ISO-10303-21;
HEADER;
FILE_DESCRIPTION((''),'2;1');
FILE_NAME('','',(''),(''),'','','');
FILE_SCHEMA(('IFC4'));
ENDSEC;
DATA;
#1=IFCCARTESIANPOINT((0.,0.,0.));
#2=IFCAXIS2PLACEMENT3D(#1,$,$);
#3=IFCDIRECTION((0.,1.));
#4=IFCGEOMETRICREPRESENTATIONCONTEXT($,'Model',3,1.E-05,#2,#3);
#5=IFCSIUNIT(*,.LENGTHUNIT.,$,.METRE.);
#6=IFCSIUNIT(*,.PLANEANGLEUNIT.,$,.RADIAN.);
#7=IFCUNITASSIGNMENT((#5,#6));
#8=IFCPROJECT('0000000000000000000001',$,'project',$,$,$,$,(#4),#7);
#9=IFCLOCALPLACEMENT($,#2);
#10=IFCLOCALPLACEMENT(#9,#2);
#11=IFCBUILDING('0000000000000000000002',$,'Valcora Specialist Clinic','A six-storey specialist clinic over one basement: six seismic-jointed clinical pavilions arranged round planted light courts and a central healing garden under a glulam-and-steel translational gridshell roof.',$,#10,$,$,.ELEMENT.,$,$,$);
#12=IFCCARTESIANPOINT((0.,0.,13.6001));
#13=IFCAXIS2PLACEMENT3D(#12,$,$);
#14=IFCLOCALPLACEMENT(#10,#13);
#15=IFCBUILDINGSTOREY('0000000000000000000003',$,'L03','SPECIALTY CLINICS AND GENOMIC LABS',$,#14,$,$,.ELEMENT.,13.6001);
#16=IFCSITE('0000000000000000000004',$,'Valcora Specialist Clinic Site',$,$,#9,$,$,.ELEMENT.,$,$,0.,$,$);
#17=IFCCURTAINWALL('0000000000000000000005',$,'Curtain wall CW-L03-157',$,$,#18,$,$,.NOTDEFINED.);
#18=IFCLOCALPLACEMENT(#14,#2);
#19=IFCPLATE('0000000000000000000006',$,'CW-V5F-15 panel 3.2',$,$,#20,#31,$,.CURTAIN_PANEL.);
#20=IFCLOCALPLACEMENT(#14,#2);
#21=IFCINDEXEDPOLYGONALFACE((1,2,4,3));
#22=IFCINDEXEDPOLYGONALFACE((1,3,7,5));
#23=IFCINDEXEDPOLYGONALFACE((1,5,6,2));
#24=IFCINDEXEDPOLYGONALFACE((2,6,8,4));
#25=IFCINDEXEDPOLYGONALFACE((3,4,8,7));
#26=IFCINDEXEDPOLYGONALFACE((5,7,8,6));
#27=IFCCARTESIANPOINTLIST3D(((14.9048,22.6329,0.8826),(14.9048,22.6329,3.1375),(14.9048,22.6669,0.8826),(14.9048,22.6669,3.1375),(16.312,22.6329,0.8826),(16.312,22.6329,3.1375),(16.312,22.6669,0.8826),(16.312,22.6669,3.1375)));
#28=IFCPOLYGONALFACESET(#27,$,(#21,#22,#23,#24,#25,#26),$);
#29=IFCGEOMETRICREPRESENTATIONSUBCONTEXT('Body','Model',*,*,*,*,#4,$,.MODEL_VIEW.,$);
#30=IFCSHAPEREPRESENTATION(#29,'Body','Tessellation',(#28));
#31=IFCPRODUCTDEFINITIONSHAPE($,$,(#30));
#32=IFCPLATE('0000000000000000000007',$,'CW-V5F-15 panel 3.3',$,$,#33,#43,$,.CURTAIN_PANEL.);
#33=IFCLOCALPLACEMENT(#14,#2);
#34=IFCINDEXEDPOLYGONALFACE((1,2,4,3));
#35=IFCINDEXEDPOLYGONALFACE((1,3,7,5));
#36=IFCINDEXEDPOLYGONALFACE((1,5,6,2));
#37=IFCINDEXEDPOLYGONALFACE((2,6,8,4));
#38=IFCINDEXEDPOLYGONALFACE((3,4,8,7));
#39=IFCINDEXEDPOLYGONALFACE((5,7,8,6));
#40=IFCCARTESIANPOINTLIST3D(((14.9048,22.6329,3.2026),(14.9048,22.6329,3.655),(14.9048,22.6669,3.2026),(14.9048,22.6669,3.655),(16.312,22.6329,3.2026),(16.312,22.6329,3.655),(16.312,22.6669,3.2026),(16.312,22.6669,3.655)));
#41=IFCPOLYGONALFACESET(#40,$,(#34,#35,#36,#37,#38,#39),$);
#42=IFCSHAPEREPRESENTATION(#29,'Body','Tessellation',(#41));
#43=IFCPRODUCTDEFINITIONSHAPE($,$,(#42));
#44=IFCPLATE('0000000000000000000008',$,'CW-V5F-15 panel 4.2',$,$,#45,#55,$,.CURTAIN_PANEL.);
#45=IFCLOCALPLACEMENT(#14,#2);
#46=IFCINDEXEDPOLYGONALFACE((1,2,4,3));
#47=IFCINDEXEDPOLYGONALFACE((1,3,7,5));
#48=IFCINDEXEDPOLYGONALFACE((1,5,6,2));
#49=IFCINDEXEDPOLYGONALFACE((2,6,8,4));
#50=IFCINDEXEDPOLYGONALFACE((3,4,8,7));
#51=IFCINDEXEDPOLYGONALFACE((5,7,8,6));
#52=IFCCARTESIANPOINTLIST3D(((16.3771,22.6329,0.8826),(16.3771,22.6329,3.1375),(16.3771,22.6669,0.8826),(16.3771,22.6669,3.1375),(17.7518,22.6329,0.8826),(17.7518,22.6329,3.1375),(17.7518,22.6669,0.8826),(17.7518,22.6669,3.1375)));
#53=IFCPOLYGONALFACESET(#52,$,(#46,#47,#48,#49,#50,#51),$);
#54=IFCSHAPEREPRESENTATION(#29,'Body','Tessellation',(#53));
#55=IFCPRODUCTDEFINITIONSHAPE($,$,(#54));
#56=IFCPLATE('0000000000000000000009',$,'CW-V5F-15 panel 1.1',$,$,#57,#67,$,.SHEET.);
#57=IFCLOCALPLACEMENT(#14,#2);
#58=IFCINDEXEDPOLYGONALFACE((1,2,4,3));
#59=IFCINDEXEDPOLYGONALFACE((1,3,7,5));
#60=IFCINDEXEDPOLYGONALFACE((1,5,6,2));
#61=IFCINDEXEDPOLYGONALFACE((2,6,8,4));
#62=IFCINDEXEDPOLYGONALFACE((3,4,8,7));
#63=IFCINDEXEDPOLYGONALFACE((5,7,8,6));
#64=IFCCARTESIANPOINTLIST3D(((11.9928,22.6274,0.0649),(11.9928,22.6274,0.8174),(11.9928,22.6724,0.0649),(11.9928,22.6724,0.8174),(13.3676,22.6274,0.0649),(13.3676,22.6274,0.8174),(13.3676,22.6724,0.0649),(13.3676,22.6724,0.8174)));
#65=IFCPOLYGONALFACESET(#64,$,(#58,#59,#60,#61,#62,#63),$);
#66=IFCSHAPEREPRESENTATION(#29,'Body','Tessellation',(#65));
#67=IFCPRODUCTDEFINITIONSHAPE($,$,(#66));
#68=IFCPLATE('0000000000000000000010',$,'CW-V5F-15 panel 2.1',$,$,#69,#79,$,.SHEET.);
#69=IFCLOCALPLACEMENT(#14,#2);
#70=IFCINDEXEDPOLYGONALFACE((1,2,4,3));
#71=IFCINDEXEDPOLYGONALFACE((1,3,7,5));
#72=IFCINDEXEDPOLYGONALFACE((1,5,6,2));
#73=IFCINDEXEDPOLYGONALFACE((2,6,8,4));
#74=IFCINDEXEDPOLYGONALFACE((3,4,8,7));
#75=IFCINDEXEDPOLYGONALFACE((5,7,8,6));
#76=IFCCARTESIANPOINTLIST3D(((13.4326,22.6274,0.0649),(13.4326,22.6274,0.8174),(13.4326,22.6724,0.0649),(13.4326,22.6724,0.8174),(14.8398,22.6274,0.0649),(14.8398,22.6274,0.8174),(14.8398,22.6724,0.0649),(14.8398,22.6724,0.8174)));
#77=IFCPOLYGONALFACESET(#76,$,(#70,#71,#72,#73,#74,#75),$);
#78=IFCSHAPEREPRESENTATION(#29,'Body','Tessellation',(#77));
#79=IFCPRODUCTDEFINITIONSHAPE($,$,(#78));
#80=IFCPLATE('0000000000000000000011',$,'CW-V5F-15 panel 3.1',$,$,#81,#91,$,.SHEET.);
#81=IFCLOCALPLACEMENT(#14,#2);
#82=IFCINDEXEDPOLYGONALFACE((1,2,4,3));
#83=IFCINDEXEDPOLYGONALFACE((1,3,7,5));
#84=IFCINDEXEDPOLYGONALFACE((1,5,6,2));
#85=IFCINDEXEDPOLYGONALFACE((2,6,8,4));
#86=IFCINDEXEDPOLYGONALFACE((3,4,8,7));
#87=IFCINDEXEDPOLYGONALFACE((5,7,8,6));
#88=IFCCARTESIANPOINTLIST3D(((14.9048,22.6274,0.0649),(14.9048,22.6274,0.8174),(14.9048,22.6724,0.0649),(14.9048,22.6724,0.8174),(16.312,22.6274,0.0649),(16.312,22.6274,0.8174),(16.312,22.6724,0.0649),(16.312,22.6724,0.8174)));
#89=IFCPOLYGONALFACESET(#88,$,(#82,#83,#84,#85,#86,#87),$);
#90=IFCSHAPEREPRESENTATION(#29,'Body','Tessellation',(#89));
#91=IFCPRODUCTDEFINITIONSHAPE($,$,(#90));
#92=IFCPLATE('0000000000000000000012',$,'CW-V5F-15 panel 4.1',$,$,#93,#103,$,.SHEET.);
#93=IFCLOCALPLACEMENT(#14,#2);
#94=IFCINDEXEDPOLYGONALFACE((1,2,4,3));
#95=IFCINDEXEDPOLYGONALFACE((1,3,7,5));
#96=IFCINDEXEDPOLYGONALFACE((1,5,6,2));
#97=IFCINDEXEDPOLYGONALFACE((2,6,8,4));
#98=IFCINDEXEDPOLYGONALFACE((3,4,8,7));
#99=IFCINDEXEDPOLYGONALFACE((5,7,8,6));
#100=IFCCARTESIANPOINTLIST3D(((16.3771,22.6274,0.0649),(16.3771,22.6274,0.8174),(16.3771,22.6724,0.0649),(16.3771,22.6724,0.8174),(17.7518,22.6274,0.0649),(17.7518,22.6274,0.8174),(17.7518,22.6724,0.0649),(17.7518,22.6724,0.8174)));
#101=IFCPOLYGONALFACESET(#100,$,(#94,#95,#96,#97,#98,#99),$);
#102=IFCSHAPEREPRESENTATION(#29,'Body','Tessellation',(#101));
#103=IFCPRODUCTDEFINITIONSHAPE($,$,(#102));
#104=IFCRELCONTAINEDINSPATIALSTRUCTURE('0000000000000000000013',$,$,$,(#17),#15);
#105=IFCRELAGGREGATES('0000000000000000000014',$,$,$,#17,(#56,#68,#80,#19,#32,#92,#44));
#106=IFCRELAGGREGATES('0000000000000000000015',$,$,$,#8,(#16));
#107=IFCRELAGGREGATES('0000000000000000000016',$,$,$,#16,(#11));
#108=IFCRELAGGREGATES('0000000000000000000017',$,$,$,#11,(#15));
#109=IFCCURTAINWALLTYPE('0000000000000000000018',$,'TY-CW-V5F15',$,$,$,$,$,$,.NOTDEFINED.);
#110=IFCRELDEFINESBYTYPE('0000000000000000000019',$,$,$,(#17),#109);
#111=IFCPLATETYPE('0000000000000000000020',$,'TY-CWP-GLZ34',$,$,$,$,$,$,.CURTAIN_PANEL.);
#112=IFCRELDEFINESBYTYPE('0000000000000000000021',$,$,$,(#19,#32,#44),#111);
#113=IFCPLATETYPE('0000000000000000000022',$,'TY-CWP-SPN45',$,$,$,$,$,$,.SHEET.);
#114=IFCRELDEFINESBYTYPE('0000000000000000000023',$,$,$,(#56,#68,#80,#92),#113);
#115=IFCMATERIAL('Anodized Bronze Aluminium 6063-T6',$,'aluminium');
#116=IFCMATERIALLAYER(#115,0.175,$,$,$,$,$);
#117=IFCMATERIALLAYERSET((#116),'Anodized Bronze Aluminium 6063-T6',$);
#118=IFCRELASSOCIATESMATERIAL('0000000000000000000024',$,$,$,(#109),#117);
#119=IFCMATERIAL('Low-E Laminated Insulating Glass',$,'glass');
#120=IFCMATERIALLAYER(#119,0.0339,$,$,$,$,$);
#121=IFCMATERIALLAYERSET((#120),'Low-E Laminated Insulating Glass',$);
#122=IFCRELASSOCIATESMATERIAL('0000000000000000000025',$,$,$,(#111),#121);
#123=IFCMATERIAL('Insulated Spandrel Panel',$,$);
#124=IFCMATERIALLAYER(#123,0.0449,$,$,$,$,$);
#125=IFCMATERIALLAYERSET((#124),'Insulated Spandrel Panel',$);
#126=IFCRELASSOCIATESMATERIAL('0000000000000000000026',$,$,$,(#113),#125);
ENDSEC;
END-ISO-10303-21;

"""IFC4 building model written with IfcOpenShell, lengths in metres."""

from ifc_helpers import new_model, si_unit, direction, frame, origin, origin_2d, place, context, subcontext, project, spatial, rectangle, extrude, material, layer, layer_set, type_object, element, aggregate, save


model = new_model("IFC4")

# Units and contexts
model_context = context("Model", 3, precision=1e-05, world=origin(), true_north=direction((0.0, 1.0)))
body_context = subcontext(model_context, "Body", "Model", "MODEL_VIEW")
ifc_project = project(units=[si_unit("LENGTHUNIT", "METRE"), si_unit("PLANEANGLEUNIT", "RADIAN")], contexts=[model_context])

# Site, building, storey
site_placement = place(None, origin())
site = spatial("IfcSite", under=ifc_project, at=site_placement, Name="Valcora Specialist Clinic Site", CompositionType="ELEMENT", RefElevation=0.0)
building_placement = place(site_placement, origin())
building = spatial("IfcBuilding", under=site, at=building_placement, Name="Valcora Specialist Clinic", Description="A six-storey specialist clinic over one basement: six seismic-jointed clinical pavilions arranged round planted light courts and a central healing garden under a glulam-and-steel translational gridshell roof.", CompositionType="ELEMENT")
storey_placement = place(building_placement, frame((0.0, 0.0, 13.6001)))
storey = spatial("IfcBuildingStorey", under=building, at=storey_placement, Name="L03", Description="SPECIALTY CLINICS AND GENOMIC LABS", CompositionType="ELEMENT", Elevation=13.6001)

# Curtain wall, plates
ifc_material_1 = material(Name="Anodized Bronze Aluminium 6063-T6", Category="aluminium")
ifc_layer_1 = layer(ifc_material_1, 0.175)
ifc_layer_set_1 = layer_set([ifc_layer_1], Name="Anodized Bronze Aluminium 6063-T6")
curtain_wall_type = type_object("IfcCurtainWallType", Name="TY-CW-V5F15", PredefinedType="NOTDEFINED", material=ifc_layer_set_1)
curtain_wall_placement = place(storey_placement, origin())
curtain_wall = element("IfcCurtainWall", 1, at=curtain_wall_placement, inside=storey, type_object=curtain_wall_type, Name="Curtain wall CW-L03-157", PredefinedType="NOTDEFINED")
ifc_material_2 = material(Name="Low-E Laminated Insulating Glass", Category="glass")
ifc_layer_2 = layer(ifc_material_2, 0.0339)
ifc_layer_set_2 = layer_set([ifc_layer_2], Name="Low-E Laminated Insulating Glass")
plate_type_1 = type_object("IfcPlateType", Name="TY-CWP-GLZ34", PredefinedType="CURTAIN_PANEL", material=ifc_layer_set_2)
plate_1_placement = place(storey_placement, frame((15.6084, 22.6499, 0.8826), z_axis=(0.0, 0.0, 1.0), x_axis=(1.0, 0.0, 0.0)))
plate_1 = element("IfcPlate", 2, at=plate_1_placement, type_object=plate_type_1, Name="CW-V5F-15 panel 3.2", PredefinedType="CURTAIN_PANEL", context=body_context, shape_type="SweptSolid", body=[
    extrude(rectangle(XDim=1.4072, YDim=0.0339, at=origin_2d()), origin(), (0.0, 0.0, 1.0), 2.2549),
])
plate_2_placement = place(storey_placement, frame((15.6084, 22.6499, 3.2026), z_axis=(0.0, 0.0, 1.0), x_axis=(1.0, 0.0, 0.0)))
plate_2 = element("IfcPlate", 3, at=plate_2_placement, type_object=plate_type_1, Name="CW-V5F-15 panel 3.3", PredefinedType="CURTAIN_PANEL", context=body_context, shape_type="SweptSolid", body=[
    extrude(rectangle(XDim=1.4072, YDim=0.0339, at=origin_2d()), origin(), (0.0, 0.0, 1.0), 0.4524),
])
plate_3_placement = place(storey_placement, frame((17.0645, 22.6499, 0.8826), z_axis=(0.0, 0.0, 1.0), x_axis=(1.0, 0.0, 0.0)))
plate_3 = element("IfcPlate", 4, at=plate_3_placement, type_object=plate_type_1, Name="CW-V5F-15 panel 4.2", PredefinedType="CURTAIN_PANEL", context=body_context, shape_type="SweptSolid", body=[
    extrude(rectangle(XDim=1.3748, YDim=0.0339, at=origin_2d()), origin(), (0.0, 0.0, 1.0), 2.2549),
])
ifc_material_3 = material(Name="Insulated Spandrel Panel")
ifc_layer_3 = layer(ifc_material_3, 0.0449)
ifc_layer_set_3 = layer_set([ifc_layer_3], Name="Insulated Spandrel Panel")
plate_type_2 = type_object("IfcPlateType", Name="TY-CWP-SPN45", PredefinedType="SHEET", material=ifc_layer_set_3)
plate_4_placement = place(storey_placement, frame((12.6802, 22.6499, 0.0649), z_axis=(0.0, 0.0, 1.0), x_axis=(1.0, 0.0, 0.0)))
plate_4 = element("IfcPlate", 5, at=plate_4_placement, type_object=plate_type_2, Name="CW-V5F-15 panel 1.1", PredefinedType="SHEET", context=body_context, shape_type="SweptSolid", body=[
    extrude(rectangle(XDim=1.3748, YDim=0.0449, at=origin_2d()), origin(), (0.0, 0.0, 1.0), 0.7524),
])
plate_5_placement = place(storey_placement, frame((14.1362, 22.6499, 0.0649), z_axis=(0.0, 0.0, 1.0), x_axis=(1.0, 0.0, 0.0)))
plate_5 = element("IfcPlate", 6, at=plate_5_placement, type_object=plate_type_2, Name="CW-V5F-15 panel 2.1", PredefinedType="SHEET", context=body_context, shape_type="SweptSolid", body=[
    extrude(rectangle(XDim=1.4072, YDim=0.0449, at=origin_2d()), origin(), (0.0, 0.0, 1.0), 0.7524),
])
plate_6_placement = place(storey_placement, frame((15.6084, 22.6499, 0.0649), z_axis=(0.0, 0.0, 1.0), x_axis=(1.0, 0.0, 0.0)))
plate_6 = element("IfcPlate", 7, at=plate_6_placement, type_object=plate_type_2, Name="CW-V5F-15 panel 3.1", PredefinedType="SHEET", context=body_context, shape_type="SweptSolid", body=[
    extrude(rectangle(XDim=1.4072, YDim=0.0449, at=origin_2d()), origin(), (0.0, 0.0, 1.0), 0.7524),
])
plate_7_placement = place(storey_placement, frame((17.0645, 22.6499, 0.0649), z_axis=(0.0, 0.0, 1.0), x_axis=(1.0, 0.0, 0.0)))
plate_7 = element("IfcPlate", 8, at=plate_7_placement, type_object=plate_type_2, Name="CW-V5F-15 panel 4.1", PredefinedType="SHEET", context=body_context, shape_type="SweptSolid", body=[
    extrude(rectangle(XDim=1.3748, YDim=0.0449, at=origin_2d()), origin(), (0.0, 0.0, 1.0), 0.7524),
])
aggregate(curtain_wall, [plate_4, plate_5, plate_6, plate_1, plate_2, plate_7, plate_3])

save(model, "model.ifc")
